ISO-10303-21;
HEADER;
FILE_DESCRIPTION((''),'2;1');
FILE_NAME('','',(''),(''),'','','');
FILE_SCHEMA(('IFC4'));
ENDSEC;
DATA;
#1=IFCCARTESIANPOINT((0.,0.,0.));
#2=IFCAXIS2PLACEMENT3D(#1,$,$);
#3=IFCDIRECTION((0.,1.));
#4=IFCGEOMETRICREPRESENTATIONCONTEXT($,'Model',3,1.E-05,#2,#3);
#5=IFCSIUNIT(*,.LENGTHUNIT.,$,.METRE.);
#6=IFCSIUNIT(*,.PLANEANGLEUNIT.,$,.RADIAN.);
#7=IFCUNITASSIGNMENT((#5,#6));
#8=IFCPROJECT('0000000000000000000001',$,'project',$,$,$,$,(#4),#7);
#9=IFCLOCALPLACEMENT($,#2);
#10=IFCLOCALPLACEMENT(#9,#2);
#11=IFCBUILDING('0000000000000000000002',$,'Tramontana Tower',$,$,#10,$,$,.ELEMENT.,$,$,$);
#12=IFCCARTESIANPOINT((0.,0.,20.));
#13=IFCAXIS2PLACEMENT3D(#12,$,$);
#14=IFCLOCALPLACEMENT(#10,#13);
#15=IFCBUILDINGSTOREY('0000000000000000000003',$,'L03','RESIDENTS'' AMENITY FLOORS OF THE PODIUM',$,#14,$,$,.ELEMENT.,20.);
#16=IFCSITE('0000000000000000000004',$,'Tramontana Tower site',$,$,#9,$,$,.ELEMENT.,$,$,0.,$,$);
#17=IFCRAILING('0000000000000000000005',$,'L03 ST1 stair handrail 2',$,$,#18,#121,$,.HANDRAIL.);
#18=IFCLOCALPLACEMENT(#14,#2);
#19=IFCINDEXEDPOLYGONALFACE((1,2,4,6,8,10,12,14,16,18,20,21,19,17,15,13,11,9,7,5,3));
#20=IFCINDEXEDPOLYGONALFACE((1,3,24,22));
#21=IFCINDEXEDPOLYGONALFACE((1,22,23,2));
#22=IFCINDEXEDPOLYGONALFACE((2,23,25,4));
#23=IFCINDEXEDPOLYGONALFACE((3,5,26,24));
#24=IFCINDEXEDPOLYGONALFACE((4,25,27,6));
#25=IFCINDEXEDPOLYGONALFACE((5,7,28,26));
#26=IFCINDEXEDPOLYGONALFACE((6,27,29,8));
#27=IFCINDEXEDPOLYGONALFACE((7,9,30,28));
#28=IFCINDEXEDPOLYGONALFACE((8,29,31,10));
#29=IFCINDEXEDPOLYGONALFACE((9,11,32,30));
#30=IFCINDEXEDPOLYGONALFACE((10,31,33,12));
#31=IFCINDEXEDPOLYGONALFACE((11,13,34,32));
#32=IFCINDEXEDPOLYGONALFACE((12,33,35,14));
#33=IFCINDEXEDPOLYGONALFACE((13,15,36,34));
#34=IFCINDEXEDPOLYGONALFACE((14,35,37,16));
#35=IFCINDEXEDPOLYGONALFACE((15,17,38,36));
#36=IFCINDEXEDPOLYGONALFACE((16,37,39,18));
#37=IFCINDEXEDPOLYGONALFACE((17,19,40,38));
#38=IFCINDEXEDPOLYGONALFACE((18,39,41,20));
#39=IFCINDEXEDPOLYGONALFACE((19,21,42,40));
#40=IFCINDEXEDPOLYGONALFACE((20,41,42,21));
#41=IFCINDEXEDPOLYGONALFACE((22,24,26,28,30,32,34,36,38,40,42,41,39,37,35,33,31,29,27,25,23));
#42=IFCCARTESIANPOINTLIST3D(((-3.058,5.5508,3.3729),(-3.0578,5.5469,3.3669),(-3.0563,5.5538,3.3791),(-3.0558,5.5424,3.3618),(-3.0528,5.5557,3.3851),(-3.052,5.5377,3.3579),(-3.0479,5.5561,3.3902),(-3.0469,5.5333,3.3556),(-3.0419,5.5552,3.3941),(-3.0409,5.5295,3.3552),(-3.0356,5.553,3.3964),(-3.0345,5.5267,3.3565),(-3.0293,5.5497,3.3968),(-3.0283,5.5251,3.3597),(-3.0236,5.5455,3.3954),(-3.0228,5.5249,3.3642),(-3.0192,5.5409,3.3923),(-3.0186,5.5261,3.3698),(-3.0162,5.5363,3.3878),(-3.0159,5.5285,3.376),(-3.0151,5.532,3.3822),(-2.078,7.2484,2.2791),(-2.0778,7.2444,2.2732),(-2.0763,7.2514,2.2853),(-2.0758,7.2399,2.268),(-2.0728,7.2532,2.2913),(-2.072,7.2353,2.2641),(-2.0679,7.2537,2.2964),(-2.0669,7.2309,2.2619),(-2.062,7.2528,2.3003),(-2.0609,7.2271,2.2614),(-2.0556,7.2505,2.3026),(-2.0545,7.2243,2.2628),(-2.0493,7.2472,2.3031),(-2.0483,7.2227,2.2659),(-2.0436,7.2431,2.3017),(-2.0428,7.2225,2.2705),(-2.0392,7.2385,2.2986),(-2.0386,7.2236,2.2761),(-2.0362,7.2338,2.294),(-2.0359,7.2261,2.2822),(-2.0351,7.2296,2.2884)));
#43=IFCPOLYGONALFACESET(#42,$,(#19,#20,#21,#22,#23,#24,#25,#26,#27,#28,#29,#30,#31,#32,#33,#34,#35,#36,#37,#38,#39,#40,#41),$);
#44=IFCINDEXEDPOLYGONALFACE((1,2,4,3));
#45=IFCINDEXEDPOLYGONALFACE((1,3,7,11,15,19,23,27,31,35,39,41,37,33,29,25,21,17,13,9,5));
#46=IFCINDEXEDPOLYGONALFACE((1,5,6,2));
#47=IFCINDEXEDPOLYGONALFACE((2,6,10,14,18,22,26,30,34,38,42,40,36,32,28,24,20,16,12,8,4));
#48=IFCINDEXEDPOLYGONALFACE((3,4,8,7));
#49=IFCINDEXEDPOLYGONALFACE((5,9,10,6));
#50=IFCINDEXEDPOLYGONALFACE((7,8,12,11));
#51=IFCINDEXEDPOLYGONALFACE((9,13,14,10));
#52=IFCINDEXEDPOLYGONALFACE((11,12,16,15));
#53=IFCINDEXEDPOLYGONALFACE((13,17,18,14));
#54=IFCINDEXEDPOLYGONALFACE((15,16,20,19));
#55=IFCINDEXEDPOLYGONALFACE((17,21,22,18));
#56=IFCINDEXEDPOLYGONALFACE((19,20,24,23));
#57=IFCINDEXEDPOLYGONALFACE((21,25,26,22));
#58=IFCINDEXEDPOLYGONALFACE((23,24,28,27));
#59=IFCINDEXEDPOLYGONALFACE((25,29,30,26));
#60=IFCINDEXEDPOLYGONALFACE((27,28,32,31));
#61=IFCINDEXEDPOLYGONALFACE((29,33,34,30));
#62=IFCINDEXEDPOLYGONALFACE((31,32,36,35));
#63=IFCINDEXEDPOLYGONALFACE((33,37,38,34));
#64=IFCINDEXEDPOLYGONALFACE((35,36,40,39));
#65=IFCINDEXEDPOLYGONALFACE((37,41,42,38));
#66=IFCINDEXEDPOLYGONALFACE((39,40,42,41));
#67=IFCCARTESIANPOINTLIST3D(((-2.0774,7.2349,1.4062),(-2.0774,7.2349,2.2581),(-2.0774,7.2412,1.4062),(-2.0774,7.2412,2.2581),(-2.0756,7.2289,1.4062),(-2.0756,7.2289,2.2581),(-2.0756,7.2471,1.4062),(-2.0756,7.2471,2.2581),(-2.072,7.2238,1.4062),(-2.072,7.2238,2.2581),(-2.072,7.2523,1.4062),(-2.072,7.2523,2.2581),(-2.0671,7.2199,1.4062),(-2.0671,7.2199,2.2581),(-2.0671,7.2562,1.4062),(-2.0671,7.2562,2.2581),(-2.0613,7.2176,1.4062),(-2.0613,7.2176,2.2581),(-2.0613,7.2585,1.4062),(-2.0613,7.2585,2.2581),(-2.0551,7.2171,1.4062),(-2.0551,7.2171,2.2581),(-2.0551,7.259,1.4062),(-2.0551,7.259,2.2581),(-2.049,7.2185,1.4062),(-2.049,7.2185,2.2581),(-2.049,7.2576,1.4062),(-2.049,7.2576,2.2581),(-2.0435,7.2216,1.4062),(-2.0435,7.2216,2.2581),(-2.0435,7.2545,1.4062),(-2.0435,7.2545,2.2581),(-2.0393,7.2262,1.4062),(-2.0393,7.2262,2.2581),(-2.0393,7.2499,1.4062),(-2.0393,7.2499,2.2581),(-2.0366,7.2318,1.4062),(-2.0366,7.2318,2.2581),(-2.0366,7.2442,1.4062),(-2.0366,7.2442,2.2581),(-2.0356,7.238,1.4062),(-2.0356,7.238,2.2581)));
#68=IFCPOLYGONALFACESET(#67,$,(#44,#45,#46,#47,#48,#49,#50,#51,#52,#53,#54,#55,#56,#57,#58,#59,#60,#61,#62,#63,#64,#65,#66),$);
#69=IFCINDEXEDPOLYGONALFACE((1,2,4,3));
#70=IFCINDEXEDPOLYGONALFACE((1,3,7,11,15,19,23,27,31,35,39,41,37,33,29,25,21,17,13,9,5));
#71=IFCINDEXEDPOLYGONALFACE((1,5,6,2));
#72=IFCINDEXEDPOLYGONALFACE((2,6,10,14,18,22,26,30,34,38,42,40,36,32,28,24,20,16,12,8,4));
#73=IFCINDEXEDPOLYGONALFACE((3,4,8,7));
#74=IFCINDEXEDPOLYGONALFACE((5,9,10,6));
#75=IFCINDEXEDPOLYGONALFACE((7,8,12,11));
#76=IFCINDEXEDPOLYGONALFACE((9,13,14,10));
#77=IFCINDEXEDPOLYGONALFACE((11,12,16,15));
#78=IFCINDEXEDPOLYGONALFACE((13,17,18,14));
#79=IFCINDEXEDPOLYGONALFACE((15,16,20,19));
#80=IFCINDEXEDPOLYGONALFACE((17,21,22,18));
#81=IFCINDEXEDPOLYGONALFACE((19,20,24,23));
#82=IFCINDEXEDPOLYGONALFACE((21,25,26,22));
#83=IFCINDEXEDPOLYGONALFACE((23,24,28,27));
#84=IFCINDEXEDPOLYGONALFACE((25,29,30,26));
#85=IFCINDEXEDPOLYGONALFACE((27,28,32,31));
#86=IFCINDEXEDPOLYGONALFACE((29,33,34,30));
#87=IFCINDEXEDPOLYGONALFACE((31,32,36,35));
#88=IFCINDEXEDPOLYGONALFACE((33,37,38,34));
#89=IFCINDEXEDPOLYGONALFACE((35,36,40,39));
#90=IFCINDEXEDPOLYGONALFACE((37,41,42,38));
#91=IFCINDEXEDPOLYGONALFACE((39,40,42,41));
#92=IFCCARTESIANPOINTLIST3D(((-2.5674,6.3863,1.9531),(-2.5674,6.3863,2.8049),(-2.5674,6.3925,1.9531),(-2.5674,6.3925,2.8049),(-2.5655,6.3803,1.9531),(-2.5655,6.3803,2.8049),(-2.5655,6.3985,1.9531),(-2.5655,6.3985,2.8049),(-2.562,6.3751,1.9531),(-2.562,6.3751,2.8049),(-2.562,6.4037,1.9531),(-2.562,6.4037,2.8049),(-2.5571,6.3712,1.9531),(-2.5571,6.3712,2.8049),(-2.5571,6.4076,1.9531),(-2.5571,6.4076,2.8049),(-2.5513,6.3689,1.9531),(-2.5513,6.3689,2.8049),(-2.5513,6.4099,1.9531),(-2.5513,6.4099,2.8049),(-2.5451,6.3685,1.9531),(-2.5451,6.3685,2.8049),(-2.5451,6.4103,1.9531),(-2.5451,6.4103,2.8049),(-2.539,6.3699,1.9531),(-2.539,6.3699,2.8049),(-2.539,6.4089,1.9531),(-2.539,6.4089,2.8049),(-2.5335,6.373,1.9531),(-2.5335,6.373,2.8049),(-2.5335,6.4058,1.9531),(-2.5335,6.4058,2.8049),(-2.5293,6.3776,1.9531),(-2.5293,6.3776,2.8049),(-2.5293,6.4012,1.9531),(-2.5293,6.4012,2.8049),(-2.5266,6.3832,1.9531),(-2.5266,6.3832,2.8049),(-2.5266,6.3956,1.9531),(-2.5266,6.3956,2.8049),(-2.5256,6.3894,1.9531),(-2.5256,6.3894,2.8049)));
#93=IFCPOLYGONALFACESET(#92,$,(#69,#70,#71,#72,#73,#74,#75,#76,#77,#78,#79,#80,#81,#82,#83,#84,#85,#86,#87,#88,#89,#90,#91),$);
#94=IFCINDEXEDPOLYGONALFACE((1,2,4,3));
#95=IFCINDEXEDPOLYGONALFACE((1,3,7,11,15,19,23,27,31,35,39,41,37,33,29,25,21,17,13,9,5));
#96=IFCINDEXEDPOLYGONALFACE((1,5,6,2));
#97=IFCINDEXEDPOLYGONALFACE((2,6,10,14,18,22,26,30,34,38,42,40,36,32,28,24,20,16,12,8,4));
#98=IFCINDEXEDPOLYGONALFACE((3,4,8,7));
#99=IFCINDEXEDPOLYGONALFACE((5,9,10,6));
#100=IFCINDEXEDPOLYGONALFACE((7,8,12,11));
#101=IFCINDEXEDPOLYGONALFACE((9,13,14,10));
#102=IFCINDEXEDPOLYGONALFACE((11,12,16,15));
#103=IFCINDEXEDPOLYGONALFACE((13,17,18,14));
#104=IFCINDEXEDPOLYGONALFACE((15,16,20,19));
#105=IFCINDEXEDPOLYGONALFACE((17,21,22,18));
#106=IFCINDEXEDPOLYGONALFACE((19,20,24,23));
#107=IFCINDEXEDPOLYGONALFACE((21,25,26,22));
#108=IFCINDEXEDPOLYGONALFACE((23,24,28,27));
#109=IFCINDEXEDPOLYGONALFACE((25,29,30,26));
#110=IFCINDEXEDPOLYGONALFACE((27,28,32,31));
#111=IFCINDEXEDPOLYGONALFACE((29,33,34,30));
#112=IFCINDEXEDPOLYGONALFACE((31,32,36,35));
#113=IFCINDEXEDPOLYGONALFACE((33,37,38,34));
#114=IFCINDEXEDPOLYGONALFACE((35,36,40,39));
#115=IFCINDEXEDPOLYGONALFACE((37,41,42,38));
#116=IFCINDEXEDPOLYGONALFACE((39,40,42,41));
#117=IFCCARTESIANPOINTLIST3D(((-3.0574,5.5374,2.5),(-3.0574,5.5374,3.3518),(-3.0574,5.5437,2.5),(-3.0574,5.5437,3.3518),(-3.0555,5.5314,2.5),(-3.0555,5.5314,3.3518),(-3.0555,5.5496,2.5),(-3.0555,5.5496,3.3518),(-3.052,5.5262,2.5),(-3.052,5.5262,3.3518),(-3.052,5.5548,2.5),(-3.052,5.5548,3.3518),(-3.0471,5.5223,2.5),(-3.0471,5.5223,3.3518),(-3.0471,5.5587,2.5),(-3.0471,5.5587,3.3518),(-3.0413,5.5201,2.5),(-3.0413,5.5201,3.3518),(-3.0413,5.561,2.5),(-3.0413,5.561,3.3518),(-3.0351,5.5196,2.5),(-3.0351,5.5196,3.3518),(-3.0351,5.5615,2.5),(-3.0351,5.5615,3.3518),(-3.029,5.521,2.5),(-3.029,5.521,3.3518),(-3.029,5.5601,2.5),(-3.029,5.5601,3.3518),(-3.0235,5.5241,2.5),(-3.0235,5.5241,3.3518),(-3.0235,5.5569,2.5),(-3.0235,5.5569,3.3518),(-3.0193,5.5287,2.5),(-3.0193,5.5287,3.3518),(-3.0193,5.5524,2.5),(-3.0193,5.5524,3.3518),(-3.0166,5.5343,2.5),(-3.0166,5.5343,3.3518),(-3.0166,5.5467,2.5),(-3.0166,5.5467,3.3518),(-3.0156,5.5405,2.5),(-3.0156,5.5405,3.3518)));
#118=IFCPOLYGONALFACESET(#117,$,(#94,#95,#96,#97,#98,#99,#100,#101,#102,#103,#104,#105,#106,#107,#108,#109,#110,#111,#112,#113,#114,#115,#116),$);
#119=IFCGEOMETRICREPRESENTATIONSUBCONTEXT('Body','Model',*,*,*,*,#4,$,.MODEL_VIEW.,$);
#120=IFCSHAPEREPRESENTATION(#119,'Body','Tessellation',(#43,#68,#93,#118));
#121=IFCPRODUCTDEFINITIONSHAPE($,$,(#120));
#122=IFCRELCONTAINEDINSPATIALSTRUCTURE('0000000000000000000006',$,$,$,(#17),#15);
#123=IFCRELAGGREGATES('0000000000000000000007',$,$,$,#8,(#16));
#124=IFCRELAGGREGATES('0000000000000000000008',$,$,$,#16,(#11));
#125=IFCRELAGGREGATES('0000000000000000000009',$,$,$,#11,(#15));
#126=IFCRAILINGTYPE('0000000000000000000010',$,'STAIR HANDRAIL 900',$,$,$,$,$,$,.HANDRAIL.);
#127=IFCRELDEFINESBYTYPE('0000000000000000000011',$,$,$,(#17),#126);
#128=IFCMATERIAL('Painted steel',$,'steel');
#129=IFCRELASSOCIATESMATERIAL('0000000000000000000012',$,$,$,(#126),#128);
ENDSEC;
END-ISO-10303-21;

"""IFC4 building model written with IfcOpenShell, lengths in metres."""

from ifc_helpers import new_model, si_unit, direction, frame, origin, origin_2d, place, context, subcontext, project, spatial, circle, extrude, material, type_object, element, save


model = new_model("IFC4")

# Units and contexts
model_context = context("Model", 3, precision=1e-05, world=origin(), true_north=direction((0.0, 1.0)))
body_context = subcontext(model_context, "Body", "Model", "MODEL_VIEW")
ifc_project = project(units=[si_unit("LENGTHUNIT", "METRE"), si_unit("PLANEANGLEUNIT", "RADIAN")], contexts=[model_context])

# Site, building, storey
site_placement = place(None, origin())
site = spatial("IfcSite", under=ifc_project, at=site_placement, Name="Tramontana Tower site", CompositionType="ELEMENT", RefElevation=0.0)
building_placement = place(site_placement, origin())
building = spatial("IfcBuilding", under=site, at=building_placement, Name="Tramontana Tower", CompositionType="ELEMENT")
storey_placement = place(building_placement, frame((0.0, 0.0, 20.0)))
storey = spatial("IfcBuildingStorey", under=building, at=storey_placement, Name="L03", Description="RESIDENTS' AMENITY FLOORS OF THE PODIUM", CompositionType="ELEMENT", Elevation=20.0)

# Railing
ifc_material_1 = material(Name="Painted steel", Category="steel")
railing_type_1 = type_object("IfcRailingType", Name="STAIR HANDRAIL 900", PredefinedType="HANDRAIL", material=ifc_material_1)
railing_1_placement = place(storey_placement, frame((-2.0566, 7.238, 1.4062)))
element("IfcRailing", 1, at=railing_1_placement, inside=storey, type_object=railing_type_1, Name="L03 ST1 stair handrail 2", PredefinedType="HANDRAIL", context=body_context, shape_type="SweptSolid", body=[
    extrude(circle(Radius=0.0239, at=origin_2d()), frame((0.0, 0.0, 0.876), z_axis=(-0.436596, -0.756267, 0.487282), x_axis=(0.866042, -0.49997, 0.0)), (0.0, 0.0, 1.0), 2.2446),
    extrude(circle(Radius=0.021, at=origin_2d()), origin(), (0.0, 0.0, 1.0), 0.8518),
    extrude(circle(Radius=0.021, at=origin_2d()), frame((-0.49, -0.8486, 0.5469)), (0.0, 0.0, 1.0), 0.8518),
    extrude(circle(Radius=0.021, at=origin_2d()), frame((-0.98, -1.6975, 1.0938)), (0.0, 0.0, 1.0), 0.8518),
])

save(model, "model.ifc")
